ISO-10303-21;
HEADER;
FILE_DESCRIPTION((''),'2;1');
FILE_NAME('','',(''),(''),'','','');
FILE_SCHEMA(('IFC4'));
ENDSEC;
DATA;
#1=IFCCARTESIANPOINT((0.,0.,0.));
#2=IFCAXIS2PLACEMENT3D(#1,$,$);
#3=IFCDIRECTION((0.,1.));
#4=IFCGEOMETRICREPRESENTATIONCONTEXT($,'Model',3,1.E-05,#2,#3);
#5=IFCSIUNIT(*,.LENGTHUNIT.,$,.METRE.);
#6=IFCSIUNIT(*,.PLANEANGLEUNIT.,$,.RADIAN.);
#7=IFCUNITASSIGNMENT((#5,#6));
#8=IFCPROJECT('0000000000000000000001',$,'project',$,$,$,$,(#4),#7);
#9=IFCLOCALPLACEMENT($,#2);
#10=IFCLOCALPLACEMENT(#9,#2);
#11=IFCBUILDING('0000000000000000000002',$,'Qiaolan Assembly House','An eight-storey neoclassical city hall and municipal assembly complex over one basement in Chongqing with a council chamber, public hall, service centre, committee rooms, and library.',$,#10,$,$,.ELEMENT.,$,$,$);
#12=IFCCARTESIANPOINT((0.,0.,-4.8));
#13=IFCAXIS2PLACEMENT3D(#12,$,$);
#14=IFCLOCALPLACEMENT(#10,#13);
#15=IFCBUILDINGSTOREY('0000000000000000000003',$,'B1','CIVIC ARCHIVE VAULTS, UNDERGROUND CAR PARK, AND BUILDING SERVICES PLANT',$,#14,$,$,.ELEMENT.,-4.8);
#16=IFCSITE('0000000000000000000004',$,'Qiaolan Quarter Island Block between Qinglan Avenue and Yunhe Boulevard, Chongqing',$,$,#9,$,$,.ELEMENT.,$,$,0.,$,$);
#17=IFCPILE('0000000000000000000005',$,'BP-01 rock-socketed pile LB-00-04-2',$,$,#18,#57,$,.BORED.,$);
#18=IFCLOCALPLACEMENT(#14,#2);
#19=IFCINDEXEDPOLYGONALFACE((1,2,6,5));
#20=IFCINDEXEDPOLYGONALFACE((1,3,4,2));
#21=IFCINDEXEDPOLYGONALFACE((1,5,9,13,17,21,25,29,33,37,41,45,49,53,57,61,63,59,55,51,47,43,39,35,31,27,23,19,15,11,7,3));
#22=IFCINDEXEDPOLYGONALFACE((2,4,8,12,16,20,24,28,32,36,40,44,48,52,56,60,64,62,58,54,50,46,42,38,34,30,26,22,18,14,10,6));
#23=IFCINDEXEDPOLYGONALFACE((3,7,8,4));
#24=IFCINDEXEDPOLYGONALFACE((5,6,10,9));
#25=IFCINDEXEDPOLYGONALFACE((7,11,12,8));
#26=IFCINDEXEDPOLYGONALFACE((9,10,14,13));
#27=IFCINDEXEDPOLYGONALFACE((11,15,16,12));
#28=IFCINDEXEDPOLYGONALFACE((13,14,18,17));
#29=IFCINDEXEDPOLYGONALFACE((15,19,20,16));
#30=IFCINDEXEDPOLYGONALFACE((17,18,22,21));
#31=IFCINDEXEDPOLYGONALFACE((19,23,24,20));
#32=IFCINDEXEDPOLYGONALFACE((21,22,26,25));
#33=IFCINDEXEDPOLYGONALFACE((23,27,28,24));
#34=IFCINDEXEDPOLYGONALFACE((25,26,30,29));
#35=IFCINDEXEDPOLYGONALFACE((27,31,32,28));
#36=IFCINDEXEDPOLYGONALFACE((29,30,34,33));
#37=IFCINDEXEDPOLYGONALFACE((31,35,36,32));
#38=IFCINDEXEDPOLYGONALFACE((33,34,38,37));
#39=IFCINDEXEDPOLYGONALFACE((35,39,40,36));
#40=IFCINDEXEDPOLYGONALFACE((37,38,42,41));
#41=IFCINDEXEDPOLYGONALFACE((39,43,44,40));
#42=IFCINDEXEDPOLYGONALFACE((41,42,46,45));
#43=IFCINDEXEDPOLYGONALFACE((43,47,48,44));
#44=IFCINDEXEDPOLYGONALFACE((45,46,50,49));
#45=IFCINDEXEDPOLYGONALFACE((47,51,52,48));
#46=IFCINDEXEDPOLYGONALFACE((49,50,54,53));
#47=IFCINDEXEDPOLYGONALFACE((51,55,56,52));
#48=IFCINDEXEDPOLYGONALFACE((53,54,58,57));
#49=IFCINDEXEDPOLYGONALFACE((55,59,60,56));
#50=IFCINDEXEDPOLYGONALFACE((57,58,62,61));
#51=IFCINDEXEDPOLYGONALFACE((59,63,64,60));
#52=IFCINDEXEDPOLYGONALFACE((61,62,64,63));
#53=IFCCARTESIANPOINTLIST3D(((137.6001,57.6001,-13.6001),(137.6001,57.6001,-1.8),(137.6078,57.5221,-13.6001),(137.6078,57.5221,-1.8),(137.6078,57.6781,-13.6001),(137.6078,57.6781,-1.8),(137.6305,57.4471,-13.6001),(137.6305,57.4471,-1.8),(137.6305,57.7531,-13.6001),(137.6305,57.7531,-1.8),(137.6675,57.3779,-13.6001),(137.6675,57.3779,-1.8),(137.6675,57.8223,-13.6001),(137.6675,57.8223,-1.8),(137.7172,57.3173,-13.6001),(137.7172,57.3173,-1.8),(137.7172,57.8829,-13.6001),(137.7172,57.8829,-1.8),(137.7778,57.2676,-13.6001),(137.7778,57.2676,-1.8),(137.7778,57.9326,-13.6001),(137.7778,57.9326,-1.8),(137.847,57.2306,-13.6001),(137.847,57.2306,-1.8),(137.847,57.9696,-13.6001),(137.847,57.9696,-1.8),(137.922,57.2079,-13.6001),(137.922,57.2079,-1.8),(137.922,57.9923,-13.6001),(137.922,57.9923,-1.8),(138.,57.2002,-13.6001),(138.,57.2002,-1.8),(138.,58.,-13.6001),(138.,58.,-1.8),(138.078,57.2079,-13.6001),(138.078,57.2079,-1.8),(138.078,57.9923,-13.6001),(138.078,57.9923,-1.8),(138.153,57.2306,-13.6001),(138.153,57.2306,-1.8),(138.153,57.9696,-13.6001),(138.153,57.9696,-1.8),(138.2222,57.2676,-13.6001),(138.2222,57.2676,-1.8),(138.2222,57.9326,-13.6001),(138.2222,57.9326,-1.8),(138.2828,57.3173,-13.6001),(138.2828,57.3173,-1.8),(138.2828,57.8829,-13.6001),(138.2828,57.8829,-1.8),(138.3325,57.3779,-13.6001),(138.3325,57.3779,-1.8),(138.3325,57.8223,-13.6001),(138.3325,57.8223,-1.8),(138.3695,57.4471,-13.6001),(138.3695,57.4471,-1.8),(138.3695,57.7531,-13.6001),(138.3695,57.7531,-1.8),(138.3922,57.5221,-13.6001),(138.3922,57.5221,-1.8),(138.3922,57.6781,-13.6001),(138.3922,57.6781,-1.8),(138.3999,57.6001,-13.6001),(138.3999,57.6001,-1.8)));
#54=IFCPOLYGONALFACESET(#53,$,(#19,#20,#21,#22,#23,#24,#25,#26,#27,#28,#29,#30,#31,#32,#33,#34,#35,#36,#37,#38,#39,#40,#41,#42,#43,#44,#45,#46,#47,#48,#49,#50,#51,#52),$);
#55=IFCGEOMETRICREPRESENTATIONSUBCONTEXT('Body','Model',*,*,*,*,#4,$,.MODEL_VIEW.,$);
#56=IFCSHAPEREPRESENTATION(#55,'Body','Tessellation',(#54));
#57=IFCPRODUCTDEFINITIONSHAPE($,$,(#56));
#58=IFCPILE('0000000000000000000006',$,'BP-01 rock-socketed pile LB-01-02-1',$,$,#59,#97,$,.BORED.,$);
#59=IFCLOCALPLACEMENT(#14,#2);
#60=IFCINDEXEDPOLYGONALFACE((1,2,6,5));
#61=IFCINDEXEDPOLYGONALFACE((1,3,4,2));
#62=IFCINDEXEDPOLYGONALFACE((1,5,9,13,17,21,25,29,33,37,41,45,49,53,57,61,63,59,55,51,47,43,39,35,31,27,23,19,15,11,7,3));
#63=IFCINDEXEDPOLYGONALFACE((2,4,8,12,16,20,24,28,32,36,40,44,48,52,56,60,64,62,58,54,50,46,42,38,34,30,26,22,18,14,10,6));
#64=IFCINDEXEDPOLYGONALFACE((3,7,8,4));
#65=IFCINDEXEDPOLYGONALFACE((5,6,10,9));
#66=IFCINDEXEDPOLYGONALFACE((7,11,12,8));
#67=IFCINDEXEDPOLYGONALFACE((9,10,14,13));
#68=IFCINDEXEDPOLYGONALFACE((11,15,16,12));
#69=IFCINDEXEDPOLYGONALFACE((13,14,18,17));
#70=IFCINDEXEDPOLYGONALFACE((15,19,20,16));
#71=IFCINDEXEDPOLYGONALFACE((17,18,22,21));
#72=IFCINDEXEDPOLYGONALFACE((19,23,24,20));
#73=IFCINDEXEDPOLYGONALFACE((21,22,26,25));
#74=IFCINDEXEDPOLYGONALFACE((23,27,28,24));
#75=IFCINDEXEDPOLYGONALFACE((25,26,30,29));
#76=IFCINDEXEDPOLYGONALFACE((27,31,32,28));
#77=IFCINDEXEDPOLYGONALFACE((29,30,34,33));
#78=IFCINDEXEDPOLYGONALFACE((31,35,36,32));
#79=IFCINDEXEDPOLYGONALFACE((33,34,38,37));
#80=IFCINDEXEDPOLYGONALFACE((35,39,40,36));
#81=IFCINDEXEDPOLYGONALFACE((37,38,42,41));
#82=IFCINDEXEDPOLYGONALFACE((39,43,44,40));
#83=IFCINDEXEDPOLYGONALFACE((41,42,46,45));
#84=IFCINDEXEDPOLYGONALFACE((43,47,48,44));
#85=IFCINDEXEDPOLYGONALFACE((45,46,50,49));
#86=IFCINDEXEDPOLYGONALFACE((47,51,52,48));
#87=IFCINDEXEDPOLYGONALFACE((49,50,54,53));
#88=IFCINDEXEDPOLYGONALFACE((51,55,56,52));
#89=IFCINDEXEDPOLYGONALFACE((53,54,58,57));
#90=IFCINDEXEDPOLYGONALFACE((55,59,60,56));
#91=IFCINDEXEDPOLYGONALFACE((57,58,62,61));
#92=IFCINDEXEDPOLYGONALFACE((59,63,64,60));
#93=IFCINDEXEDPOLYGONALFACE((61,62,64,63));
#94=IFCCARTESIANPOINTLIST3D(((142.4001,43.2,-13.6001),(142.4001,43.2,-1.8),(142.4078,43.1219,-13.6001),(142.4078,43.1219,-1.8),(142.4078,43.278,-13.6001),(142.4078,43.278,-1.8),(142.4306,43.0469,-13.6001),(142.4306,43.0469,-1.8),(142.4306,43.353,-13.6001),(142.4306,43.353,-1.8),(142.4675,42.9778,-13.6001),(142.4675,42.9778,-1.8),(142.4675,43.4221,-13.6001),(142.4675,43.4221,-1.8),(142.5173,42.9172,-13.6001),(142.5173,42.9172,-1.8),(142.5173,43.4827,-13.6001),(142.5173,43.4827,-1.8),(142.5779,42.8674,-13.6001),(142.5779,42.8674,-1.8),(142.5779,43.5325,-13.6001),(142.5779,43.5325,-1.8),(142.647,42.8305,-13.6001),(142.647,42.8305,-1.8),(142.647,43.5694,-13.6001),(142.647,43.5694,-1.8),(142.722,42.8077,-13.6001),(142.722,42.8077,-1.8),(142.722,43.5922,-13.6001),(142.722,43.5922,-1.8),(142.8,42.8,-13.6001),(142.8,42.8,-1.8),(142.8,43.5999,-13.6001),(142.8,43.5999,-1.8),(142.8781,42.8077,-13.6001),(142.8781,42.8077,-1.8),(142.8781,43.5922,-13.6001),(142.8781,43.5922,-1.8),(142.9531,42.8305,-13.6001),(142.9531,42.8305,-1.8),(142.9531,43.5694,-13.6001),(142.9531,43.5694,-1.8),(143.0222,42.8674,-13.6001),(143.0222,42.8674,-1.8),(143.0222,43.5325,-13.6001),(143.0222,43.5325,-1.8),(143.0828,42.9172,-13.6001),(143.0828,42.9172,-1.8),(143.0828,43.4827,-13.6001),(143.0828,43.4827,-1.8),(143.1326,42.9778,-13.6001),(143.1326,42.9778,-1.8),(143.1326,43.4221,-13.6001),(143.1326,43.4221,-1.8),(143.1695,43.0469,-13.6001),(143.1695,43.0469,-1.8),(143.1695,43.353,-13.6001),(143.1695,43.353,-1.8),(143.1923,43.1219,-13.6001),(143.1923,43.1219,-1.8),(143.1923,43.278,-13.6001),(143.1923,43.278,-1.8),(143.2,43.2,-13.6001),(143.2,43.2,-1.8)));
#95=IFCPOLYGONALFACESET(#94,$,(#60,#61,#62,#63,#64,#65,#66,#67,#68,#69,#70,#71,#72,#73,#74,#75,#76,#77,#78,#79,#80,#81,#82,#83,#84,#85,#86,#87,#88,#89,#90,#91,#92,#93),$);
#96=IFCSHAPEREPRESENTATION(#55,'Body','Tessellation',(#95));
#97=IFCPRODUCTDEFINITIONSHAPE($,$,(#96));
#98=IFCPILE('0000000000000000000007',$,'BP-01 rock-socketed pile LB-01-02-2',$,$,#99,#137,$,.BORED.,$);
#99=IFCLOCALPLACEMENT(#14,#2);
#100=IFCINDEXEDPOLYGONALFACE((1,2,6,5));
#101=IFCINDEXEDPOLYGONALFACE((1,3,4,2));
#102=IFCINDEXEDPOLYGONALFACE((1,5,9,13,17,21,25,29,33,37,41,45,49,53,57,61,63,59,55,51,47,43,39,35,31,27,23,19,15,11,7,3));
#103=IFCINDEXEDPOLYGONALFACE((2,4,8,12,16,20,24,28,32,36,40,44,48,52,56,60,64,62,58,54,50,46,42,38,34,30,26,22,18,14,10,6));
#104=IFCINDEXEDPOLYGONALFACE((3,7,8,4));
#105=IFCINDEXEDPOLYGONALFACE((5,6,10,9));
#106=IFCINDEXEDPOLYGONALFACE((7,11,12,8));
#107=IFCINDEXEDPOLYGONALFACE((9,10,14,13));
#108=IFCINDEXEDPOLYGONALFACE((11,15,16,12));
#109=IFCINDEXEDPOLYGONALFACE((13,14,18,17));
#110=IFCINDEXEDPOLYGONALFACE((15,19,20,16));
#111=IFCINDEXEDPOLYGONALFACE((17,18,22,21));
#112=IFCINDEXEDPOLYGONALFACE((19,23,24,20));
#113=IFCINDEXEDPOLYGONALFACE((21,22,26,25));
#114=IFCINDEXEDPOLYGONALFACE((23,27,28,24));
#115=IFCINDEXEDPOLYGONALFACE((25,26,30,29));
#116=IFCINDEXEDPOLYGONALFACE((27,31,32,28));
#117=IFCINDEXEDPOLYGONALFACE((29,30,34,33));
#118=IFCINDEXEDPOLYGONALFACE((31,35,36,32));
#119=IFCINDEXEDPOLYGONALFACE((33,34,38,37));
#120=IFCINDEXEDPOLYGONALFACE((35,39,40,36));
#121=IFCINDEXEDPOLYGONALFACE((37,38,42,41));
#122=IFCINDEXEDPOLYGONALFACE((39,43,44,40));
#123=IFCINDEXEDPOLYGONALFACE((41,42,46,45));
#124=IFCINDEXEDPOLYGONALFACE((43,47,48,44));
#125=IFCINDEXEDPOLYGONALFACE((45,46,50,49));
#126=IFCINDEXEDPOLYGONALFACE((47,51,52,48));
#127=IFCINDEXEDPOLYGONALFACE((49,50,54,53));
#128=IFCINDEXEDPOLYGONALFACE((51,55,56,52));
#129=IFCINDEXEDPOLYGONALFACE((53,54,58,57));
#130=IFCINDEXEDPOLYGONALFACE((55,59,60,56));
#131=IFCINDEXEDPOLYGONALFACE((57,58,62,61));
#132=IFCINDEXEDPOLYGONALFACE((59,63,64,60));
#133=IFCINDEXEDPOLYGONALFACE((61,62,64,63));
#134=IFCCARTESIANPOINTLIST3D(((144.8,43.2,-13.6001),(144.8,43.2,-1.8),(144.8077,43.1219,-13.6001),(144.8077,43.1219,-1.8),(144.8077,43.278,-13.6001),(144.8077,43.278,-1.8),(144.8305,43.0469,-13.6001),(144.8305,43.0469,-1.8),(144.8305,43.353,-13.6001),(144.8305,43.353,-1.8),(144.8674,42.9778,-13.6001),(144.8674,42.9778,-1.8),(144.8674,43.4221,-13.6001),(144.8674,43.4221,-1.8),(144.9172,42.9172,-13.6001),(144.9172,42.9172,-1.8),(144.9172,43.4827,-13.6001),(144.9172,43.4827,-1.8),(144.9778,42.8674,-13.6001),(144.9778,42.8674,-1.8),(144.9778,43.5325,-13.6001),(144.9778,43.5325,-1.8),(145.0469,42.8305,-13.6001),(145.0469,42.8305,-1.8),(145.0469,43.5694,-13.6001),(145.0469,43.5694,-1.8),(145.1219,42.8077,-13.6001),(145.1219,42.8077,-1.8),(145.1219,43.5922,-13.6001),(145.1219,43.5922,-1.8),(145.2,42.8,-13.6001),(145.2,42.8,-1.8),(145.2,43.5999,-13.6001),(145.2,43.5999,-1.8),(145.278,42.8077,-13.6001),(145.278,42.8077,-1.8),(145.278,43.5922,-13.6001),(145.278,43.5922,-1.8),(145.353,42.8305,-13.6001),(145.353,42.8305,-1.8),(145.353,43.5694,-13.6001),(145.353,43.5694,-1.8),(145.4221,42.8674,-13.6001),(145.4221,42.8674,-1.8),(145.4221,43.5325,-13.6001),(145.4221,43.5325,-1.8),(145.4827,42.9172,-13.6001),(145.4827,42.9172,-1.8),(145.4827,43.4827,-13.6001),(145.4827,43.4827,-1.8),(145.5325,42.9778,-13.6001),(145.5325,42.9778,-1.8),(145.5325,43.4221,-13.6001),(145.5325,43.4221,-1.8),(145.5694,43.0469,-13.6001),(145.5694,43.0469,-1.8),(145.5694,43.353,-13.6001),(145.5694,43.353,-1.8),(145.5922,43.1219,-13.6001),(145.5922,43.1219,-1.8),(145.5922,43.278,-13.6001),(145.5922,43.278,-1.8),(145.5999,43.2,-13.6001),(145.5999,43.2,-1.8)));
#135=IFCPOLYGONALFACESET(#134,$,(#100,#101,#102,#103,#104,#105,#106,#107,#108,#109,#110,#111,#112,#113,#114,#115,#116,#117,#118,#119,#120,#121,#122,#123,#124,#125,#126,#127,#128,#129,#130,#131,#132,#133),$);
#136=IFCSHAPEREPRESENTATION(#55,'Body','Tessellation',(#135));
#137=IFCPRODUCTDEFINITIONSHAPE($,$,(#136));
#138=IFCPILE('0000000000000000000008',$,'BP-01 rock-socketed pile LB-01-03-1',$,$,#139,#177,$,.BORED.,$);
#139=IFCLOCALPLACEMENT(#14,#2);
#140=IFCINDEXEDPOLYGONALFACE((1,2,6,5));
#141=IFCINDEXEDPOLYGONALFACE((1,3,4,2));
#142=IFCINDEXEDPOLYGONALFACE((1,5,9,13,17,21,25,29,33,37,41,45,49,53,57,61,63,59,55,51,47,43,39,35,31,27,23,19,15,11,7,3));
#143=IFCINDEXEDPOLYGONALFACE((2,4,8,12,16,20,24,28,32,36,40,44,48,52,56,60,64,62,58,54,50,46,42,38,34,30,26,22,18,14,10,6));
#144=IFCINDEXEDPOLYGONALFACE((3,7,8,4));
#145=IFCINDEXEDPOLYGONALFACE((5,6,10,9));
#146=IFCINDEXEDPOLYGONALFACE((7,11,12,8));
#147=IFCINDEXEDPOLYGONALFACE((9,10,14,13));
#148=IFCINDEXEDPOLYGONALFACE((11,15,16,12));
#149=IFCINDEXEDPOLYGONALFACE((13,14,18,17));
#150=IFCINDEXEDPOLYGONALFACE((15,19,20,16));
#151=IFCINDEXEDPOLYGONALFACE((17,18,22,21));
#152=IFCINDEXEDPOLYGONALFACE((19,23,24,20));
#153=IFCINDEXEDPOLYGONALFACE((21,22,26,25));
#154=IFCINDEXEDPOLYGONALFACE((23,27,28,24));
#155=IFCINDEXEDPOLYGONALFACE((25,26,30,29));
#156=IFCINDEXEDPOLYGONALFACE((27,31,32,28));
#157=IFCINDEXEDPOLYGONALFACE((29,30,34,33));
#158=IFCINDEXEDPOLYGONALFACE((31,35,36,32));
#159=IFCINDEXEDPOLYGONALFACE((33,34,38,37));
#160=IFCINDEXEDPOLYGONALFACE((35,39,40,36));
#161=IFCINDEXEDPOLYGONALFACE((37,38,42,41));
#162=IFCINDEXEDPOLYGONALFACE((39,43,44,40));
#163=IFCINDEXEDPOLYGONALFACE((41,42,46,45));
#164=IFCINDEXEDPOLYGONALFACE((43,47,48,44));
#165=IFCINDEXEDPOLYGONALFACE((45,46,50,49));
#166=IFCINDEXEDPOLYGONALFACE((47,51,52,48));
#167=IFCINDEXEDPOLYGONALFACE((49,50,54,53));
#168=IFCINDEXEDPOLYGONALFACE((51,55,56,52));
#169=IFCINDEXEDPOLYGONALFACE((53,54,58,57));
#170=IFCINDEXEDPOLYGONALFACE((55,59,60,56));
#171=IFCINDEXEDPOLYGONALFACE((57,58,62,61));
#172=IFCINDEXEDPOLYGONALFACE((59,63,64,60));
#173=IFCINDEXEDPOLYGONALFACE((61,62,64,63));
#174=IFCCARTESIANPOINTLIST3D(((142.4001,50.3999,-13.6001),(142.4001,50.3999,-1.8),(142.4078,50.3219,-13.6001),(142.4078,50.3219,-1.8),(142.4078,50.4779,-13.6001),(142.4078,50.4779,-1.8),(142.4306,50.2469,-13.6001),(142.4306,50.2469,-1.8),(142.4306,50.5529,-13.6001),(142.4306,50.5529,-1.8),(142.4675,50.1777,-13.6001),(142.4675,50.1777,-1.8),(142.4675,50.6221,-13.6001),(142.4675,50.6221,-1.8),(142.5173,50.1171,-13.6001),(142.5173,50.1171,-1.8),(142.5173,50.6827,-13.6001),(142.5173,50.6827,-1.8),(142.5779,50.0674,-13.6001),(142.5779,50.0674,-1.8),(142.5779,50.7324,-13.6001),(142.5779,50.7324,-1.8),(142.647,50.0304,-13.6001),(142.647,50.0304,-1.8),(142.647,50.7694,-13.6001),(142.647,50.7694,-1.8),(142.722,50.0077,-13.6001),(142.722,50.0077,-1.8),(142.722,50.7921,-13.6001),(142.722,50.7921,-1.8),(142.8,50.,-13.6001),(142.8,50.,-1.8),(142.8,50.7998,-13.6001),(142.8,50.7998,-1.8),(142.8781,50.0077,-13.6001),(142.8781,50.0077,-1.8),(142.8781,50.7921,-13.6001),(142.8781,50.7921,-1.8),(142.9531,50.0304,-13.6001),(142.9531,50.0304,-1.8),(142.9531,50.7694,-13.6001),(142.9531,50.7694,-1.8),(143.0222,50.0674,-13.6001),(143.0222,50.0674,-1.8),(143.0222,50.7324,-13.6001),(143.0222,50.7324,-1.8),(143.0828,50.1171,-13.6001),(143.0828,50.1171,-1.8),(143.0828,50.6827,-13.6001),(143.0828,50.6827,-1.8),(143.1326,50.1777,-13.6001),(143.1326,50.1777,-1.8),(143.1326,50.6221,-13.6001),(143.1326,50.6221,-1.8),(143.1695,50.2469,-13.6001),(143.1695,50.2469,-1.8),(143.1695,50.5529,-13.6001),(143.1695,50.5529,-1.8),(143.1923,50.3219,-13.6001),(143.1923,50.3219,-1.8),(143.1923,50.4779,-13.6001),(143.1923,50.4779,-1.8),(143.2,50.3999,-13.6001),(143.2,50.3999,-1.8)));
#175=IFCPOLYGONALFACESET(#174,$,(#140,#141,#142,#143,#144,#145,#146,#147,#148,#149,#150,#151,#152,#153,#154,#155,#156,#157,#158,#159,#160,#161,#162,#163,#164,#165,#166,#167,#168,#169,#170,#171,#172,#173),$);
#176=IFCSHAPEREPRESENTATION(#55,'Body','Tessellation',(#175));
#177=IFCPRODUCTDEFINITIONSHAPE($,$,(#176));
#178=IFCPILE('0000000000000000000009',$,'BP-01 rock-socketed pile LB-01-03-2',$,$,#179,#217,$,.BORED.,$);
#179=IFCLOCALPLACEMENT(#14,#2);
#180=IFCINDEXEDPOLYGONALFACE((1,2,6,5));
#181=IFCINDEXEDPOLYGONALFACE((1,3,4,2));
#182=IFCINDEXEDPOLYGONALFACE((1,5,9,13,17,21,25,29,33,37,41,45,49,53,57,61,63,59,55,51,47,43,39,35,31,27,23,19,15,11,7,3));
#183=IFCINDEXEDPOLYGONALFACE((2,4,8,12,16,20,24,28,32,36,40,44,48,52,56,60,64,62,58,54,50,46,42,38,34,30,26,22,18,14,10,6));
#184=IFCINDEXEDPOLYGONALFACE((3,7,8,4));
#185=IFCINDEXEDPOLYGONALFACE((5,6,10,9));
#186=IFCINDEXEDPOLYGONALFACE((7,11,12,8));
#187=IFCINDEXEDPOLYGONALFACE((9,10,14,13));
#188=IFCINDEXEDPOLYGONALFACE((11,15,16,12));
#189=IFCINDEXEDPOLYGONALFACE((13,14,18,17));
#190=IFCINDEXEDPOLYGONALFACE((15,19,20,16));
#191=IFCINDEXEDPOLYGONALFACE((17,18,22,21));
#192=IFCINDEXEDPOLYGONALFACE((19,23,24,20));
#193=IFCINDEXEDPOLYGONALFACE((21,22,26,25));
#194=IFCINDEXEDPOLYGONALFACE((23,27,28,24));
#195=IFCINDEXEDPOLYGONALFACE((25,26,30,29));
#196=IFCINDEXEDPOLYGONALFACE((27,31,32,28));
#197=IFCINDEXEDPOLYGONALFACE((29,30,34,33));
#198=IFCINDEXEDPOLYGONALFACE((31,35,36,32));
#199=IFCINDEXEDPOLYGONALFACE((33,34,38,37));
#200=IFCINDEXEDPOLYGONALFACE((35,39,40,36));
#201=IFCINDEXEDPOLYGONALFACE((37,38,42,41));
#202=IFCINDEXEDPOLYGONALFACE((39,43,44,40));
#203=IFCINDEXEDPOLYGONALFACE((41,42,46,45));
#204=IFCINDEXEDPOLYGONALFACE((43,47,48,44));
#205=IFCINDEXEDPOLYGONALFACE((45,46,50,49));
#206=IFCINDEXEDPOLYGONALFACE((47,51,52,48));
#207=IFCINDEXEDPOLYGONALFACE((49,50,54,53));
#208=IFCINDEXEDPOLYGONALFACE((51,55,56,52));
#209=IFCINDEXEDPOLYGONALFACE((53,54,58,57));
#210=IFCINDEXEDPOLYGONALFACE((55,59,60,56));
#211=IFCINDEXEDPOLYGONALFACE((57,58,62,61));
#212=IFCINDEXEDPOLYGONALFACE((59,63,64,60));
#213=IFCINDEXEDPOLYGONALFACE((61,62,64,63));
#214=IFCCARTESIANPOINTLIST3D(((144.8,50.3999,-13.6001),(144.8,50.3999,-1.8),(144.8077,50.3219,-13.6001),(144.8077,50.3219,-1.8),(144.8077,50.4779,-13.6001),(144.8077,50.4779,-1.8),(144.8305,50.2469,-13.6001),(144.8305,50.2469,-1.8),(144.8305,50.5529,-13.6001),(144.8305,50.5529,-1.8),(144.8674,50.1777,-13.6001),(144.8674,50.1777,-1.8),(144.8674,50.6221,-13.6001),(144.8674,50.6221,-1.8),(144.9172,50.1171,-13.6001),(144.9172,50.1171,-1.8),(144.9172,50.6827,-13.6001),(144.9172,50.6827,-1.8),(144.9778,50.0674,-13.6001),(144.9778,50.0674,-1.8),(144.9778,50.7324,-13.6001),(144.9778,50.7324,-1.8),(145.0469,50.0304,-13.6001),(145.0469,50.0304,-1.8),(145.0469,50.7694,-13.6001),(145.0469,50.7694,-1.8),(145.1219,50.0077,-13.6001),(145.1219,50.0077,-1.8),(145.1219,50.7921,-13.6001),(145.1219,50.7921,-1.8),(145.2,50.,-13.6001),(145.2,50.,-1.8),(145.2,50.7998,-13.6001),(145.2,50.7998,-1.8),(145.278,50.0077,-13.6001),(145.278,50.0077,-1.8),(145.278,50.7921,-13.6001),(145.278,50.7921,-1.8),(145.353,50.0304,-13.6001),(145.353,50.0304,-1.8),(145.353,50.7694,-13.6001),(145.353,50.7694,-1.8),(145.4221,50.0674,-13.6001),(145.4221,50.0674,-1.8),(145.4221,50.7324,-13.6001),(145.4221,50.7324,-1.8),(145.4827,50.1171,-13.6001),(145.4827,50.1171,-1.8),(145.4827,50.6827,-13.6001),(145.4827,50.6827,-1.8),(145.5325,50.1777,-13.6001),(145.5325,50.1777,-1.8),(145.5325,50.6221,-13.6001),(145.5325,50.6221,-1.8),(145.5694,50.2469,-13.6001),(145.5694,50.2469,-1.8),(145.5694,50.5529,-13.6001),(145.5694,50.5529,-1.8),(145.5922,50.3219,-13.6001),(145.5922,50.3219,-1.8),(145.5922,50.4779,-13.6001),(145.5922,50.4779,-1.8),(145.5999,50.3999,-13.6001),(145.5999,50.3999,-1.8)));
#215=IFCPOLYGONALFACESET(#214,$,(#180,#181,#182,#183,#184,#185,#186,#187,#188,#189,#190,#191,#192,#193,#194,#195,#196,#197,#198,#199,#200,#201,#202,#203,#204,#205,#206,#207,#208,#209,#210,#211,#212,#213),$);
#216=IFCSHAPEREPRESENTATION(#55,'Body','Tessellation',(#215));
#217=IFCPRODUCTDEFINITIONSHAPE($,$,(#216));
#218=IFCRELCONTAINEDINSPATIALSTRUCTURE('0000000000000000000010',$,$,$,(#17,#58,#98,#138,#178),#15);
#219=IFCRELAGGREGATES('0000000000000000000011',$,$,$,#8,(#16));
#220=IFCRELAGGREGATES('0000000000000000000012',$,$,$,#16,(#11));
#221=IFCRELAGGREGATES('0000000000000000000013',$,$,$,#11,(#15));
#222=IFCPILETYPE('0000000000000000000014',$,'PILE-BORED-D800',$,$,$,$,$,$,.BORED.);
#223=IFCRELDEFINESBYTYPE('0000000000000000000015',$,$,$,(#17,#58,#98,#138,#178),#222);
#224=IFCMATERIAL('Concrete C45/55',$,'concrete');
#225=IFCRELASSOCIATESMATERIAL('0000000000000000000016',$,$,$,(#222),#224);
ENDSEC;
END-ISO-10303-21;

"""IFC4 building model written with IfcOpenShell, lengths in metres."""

from ifc_helpers import new_model, si_unit, direction, frame, origin, origin_2d, place, context, subcontext, project, spatial, circle, extrude, material, material_profile, profile_set, type_object, element, save


model = new_model("IFC4")

# Units and contexts
model_context = context("Model", 3, precision=1e-05, world=origin(), true_north=direction((0.0, 1.0)))
body_context = subcontext(model_context, "Body", "Model", "MODEL_VIEW")
ifc_project = project(units=[si_unit("LENGTHUNIT", "METRE"), si_unit("PLANEANGLEUNIT", "RADIAN")], contexts=[model_context])

# Site, building, storey
site_placement = place(None, origin())
site = spatial("IfcSite", under=ifc_project, at=site_placement, Name="Qiaolan Quarter Island Block between Qinglan Avenue and Yunhe Boulevard, Chongqing", CompositionType="ELEMENT", RefElevation=0.0)
building_placement = place(site_placement, origin())
building = spatial("IfcBuilding", under=site, at=building_placement, Name="Qiaolan Assembly House", Description="An eight-storey neoclassical city hall and municipal assembly complex over one basement in Chongqing with a council chamber, public hall, service centre, committee rooms, and library.", CompositionType="ELEMENT")
storey_placement = place(building_placement, frame((0.0, 0.0, -4.8)))
storey = spatial("IfcBuildingStorey", under=building, at=storey_placement, Name="B1", Description="CIVIC ARCHIVE VAULTS, UNDERGROUND CAR PARK, AND BUILDING SERVICES PLANT", CompositionType="ELEMENT", Elevation=-4.8)

# Piles
ifc_material_1 = material(Name="Concrete C45/55", Category="concrete")
ifc_material_profile_1 = material_profile(ifc_material_1, circle(Radius=0.3999, at=origin_2d()), Name="PILE D800")
ifc_profile_set_1 = profile_set([ifc_material_profile_1], Name="Concrete C45/55")
pile_type = type_object("IfcPileType", Name="PILE-BORED-D800", PredefinedType="BORED", material=ifc_profile_set_1)
for number, where, z_axis, x_axis, name in (
    (1, (138.0, 57.6001, -1.8), (0.0, 0.0, -1.0), (1.0, 0.0, 0.0), "BP-01 rock-socketed pile LB-00-04-2"),
    (2, (142.8, 43.2, -1.8), (0.0, 0.0, -1.0), (1.0, 0.0, 0.0), "BP-01 rock-socketed pile LB-01-02-1"),
    (3, (145.2, 43.2, -1.8), (0.0, 0.0, -1.0), (1.0, 0.0, 0.0), "BP-01 rock-socketed pile LB-01-02-2"),
    (4, (142.8, 50.3999, -1.8), (0.0, 0.0, -1.0), (1.0, 0.0, 0.0), "BP-01 rock-socketed pile LB-01-03-1"),
    (5, (145.2, 50.3999, -1.8), (0.0, 0.0, -1.0), (1.0, 0.0, 0.0), "BP-01 rock-socketed pile LB-01-03-2"),
):
    element("IfcPile", number, at=place(storey_placement, frame(where, z_axis=z_axis, x_axis=x_axis)), inside=storey, type_object=pile_type, Name=name, PredefinedType="BORED", context=body_context, shape_type="SweptSolid", body=[
        extrude(circle(Radius=0.3999, at=origin_2d()), origin(), (0.0, 0.0, 1.0), 11.8),
    ])

save(model, "model.ifc")
